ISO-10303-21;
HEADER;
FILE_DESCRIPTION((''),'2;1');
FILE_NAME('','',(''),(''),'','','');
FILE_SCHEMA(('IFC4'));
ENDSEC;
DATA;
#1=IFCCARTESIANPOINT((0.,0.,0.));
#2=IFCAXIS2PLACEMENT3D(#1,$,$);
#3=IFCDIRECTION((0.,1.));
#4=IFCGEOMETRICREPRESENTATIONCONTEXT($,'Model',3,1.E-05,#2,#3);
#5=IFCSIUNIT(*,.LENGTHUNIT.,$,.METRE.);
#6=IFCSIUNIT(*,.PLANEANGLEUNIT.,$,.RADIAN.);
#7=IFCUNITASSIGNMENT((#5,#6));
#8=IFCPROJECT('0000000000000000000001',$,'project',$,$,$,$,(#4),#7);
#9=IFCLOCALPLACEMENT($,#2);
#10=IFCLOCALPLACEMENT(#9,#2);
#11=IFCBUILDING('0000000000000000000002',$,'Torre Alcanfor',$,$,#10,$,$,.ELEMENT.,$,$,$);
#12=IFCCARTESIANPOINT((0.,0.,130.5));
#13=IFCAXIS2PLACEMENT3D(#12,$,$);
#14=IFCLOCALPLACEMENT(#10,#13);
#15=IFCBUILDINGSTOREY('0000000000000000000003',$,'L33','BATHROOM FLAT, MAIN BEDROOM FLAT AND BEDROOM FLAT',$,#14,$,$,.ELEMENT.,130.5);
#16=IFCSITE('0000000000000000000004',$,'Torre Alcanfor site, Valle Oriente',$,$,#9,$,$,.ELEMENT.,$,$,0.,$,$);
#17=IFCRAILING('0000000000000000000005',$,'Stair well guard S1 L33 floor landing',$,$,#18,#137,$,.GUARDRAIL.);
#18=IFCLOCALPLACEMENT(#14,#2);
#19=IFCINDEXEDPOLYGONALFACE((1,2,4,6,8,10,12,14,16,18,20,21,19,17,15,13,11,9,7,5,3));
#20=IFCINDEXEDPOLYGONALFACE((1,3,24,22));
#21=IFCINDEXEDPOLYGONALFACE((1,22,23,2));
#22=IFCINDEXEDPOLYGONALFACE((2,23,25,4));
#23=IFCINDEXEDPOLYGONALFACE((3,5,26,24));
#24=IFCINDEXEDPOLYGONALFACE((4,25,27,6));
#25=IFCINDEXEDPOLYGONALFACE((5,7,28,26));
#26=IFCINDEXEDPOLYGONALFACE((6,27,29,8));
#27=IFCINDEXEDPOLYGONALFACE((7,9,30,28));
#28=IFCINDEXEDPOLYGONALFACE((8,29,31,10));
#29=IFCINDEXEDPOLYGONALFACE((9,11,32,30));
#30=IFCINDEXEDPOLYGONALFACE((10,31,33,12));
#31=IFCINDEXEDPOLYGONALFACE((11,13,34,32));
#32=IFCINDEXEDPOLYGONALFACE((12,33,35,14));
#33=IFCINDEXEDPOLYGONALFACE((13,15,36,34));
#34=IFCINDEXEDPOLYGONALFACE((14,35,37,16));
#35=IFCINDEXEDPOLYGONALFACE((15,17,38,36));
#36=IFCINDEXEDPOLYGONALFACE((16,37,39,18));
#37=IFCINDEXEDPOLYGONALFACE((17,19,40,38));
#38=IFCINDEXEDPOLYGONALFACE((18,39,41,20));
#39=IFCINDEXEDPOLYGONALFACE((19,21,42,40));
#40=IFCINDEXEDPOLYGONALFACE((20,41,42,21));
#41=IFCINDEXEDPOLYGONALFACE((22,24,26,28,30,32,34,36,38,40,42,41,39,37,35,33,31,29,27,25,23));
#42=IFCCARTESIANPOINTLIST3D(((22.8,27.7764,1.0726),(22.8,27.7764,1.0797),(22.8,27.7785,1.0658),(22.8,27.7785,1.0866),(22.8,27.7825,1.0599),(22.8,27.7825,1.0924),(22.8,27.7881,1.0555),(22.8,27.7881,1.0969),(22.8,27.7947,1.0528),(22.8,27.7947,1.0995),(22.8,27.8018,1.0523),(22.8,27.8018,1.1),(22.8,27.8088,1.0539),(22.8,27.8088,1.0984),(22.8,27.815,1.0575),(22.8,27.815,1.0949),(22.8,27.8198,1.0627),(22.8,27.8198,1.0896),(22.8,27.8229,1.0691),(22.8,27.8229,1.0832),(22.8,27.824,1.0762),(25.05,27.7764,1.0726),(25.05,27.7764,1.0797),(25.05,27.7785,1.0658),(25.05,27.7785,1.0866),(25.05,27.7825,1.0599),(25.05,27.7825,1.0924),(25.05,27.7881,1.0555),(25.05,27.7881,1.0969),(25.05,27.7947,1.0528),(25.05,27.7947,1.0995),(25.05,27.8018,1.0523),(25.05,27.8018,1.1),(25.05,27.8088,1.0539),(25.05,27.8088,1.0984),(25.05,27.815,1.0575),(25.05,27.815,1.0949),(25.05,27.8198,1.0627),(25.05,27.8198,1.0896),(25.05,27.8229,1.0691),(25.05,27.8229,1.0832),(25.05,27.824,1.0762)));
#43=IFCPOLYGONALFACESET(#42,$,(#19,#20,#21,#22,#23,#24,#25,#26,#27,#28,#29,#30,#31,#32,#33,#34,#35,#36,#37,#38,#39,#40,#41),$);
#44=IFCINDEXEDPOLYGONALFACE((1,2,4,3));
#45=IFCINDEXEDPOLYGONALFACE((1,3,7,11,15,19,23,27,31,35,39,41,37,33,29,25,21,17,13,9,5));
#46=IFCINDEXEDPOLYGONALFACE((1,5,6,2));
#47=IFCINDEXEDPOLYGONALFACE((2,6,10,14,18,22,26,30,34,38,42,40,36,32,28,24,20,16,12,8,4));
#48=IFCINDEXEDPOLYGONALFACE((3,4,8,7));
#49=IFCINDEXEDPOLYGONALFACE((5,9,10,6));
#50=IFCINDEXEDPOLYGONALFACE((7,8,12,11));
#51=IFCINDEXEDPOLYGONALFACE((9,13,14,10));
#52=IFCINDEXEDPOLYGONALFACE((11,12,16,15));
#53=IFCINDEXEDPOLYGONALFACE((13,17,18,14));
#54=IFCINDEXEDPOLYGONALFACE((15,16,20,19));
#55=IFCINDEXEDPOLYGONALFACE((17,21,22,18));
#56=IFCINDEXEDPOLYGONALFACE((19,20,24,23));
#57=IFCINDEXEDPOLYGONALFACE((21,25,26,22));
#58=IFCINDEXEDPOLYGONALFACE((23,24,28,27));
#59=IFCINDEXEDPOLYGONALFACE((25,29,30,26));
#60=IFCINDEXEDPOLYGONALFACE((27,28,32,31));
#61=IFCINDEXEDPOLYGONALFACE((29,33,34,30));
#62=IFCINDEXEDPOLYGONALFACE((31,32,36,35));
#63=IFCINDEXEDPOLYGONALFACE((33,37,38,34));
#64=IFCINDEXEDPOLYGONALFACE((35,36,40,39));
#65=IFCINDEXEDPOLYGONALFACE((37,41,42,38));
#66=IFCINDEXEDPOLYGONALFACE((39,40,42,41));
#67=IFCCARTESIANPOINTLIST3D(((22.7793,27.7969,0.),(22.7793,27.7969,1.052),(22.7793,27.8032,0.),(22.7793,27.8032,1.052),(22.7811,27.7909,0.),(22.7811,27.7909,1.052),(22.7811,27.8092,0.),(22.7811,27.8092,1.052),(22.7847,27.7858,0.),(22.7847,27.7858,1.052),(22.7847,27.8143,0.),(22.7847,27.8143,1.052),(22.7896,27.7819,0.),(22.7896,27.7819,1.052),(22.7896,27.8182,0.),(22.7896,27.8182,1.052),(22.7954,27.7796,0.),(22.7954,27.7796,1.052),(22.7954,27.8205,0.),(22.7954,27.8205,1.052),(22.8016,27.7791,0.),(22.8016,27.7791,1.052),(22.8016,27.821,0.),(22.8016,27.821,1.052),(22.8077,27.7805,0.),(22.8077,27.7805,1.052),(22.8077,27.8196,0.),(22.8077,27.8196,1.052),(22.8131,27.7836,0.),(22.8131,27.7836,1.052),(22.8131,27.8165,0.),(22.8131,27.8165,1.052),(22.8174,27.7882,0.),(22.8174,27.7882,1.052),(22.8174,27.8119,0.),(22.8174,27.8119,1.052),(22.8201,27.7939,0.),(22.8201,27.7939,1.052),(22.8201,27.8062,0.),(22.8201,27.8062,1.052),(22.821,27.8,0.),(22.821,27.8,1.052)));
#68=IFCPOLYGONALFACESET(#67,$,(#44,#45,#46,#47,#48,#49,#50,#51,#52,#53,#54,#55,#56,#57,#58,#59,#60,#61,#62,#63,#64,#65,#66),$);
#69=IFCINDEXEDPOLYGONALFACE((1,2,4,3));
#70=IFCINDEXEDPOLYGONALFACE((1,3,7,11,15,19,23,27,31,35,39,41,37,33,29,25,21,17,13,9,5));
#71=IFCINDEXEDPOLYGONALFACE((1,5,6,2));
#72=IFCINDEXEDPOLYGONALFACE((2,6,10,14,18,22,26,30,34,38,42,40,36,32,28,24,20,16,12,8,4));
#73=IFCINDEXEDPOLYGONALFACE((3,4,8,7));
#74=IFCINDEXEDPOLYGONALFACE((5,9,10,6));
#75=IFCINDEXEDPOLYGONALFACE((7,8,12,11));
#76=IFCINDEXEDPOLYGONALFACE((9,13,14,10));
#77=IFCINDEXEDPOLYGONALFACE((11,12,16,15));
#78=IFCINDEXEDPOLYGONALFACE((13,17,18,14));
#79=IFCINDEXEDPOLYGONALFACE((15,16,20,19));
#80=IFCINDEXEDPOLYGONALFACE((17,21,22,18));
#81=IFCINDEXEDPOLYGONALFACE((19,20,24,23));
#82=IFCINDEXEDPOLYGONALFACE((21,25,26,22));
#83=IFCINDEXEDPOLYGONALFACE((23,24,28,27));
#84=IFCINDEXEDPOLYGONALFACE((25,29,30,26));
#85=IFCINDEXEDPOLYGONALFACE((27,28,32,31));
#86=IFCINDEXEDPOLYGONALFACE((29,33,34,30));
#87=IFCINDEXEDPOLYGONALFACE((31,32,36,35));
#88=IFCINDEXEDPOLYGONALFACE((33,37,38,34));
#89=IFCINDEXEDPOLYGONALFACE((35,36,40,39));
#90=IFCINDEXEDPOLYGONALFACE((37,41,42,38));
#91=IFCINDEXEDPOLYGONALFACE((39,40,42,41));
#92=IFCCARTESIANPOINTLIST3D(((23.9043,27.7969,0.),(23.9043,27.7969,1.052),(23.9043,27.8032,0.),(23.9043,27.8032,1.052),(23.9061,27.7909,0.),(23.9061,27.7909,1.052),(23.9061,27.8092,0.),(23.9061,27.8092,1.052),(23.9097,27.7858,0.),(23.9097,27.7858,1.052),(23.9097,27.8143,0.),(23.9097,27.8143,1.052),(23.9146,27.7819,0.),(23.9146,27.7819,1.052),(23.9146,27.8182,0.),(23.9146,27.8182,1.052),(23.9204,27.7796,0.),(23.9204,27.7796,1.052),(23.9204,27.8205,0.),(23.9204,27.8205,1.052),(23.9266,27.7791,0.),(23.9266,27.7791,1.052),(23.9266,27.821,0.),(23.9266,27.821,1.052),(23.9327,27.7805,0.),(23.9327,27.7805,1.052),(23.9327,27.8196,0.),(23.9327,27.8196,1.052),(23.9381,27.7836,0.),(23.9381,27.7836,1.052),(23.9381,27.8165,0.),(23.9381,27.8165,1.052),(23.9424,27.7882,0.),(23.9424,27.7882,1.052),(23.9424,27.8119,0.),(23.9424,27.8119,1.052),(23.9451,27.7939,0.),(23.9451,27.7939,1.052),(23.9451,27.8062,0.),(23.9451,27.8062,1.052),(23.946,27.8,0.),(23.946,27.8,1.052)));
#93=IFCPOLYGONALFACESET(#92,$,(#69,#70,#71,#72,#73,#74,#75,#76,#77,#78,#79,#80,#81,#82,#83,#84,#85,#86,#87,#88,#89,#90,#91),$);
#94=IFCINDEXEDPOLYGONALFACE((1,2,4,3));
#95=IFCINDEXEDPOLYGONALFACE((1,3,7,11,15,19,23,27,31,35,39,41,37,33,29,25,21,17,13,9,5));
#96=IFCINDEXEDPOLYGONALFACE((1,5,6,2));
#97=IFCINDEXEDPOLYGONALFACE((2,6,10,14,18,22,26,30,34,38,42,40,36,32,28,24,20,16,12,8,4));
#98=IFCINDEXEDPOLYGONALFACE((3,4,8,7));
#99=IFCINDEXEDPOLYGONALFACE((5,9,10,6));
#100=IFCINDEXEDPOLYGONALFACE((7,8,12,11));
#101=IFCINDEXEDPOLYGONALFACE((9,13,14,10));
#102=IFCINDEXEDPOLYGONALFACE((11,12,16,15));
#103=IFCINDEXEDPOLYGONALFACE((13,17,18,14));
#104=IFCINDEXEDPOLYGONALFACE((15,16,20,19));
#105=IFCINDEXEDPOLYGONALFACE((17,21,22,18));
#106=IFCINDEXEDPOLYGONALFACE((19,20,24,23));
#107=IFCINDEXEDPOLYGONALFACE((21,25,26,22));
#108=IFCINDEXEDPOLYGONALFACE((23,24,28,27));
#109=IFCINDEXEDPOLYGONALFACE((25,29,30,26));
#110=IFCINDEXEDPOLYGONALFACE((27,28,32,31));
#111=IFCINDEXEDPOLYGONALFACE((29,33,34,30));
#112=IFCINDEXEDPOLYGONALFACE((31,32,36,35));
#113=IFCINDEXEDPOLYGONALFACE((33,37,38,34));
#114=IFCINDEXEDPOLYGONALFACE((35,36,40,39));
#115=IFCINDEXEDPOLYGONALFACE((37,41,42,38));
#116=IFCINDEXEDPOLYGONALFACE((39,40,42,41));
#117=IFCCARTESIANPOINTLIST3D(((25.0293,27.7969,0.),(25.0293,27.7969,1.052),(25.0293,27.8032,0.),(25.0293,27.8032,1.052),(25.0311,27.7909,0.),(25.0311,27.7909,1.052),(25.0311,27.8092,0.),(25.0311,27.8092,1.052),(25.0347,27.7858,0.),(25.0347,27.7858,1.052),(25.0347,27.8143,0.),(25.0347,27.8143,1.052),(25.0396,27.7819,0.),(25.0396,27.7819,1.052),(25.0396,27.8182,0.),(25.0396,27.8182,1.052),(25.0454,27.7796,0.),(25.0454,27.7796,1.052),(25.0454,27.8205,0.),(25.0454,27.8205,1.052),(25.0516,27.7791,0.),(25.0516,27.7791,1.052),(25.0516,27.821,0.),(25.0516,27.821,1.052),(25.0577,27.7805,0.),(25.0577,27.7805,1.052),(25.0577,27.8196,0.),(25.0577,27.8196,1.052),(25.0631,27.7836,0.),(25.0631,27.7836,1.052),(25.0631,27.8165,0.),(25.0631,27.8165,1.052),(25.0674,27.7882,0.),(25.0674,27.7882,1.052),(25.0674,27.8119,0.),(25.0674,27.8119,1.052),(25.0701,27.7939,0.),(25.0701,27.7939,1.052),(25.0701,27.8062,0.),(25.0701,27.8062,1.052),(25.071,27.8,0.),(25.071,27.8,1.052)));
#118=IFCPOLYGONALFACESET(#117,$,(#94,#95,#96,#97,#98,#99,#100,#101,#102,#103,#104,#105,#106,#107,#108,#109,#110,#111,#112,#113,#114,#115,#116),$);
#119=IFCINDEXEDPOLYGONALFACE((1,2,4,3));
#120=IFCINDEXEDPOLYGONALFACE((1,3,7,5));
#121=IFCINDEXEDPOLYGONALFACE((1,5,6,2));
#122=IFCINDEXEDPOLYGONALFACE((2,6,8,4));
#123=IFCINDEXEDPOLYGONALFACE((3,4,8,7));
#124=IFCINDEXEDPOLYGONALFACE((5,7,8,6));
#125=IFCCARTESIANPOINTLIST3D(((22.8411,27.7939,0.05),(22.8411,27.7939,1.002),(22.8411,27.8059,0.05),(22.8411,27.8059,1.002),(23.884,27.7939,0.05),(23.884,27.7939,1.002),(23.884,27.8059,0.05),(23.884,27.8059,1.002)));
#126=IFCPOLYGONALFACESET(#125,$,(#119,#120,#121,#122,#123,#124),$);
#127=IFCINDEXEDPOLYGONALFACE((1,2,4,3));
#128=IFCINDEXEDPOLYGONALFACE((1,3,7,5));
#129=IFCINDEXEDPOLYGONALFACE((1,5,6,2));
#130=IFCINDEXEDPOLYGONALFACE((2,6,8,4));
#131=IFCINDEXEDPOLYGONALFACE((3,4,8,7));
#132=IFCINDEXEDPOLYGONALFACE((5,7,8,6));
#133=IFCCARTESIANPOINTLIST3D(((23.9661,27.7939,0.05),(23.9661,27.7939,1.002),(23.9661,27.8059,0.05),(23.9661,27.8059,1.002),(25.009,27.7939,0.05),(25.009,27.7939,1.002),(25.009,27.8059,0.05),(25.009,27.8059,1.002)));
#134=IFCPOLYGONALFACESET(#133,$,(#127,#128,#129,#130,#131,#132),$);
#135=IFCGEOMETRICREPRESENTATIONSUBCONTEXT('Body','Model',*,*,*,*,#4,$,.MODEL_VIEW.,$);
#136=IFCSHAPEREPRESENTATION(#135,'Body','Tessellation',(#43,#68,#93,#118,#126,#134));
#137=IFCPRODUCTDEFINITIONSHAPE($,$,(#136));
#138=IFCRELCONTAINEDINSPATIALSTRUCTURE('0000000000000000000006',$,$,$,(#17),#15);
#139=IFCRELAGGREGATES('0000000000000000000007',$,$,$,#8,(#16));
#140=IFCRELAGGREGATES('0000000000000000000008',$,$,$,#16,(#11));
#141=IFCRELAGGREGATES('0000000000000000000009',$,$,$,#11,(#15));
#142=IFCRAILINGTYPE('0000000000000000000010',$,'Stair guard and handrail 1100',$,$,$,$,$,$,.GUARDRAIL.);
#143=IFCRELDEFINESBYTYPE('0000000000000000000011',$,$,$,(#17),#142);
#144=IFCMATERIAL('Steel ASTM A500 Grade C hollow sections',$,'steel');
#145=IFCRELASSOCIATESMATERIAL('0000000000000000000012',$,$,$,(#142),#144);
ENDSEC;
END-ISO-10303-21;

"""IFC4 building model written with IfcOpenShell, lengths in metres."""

from ifc_helpers import new_model, si_unit, direction, frame, origin, origin_2d, place, context, subcontext, project, spatial, polyline, circle, outline, extrude, material, type_object, element, save


model = new_model("IFC4")

# Units and contexts
model_context = context("Model", 3, precision=1e-05, world=origin(), true_north=direction((0.0, 1.0)))
body_context = subcontext(model_context, "Body", "Model", "MODEL_VIEW")
ifc_project = project(units=[si_unit("LENGTHUNIT", "METRE"), si_unit("PLANEANGLEUNIT", "RADIAN")], contexts=[model_context])

# Site, building, storey
site_placement = place(None, origin())
site = spatial("IfcSite", under=ifc_project, at=site_placement, Name="Torre Alcanfor site, Valle Oriente", CompositionType="ELEMENT", RefElevation=0.0)
building_placement = place(site_placement, origin())
building = spatial("IfcBuilding", under=site, at=building_placement, Name="Torre Alcanfor", CompositionType="ELEMENT")
storey_placement = place(building_placement, frame((0.0, 0.0, 130.5)))
storey = spatial("IfcBuildingStorey", under=building, at=storey_placement, Name="L33", Description="BATHROOM FLAT, MAIN BEDROOM FLAT AND BEDROOM FLAT", CompositionType="ELEMENT", Elevation=130.5)

# Railing
ifc_material_1 = material(Name="Steel ASTM A500 Grade C hollow sections", Category="steel")
railing_type_1 = type_object("IfcRailingType", Name="Stair guard and handrail 1100", PredefinedType="GUARDRAIL", material=ifc_material_1)
railing_1_placement = place(storey_placement, frame((22.8, 27.8, 0.0)))
element("IfcRailing", 1, at=railing_1_placement, inside=storey, type_object=railing_type_1, Name="Stair well guard S1 L33 floor landing", PredefinedType="GUARDRAIL", context=body_context, shape_type="SweptSolid", body=[
    extrude(circle(Radius=0.0239, at=origin_2d()), frame((0.0, 0.0, 1.0762), z_axis=(1.0, 0.0, 0.0), x_axis=(0.0, 1.0, 0.0)), (0.0, 0.0, 1.0), 2.25),
    extrude(circle(Radius=0.021, at=origin_2d()), origin(), (0.0, 0.0, 1.0), 1.052),
    extrude(circle(Radius=0.021, at=origin_2d()), frame((1.125, 0.0, 0.0)), (0.0, 0.0, 1.0), 1.052),
    extrude(circle(Radius=0.021, at=origin_2d()), frame((2.25, 0.0, 0.0)), (0.0, 0.0, 1.0), 1.052),
    extrude(outline(polyline([(0.041, 0.05), (1.084, 0.05), (1.084, 1.002), (0.041, 1.002), (0.041, 0.05)])), frame((0.0, 0.0059, 0.0), z_axis=(0.0, -1.0, 0.0), x_axis=(1.0, 0.0, 0.0)), (0.0, 0.0, 1.0), 0.012),
    extrude(outline(polyline([(1.166, 0.05), (2.209, 0.05), (2.209, 1.002), (1.166, 1.002), (1.166, 0.05)])), frame((0.0, 0.0059, 0.0), z_axis=(0.0, -1.0, 0.0), x_axis=(1.0, 0.0, 0.0)), (0.0, 0.0, 1.0), 0.012),
])

save(model, "model.ifc")
